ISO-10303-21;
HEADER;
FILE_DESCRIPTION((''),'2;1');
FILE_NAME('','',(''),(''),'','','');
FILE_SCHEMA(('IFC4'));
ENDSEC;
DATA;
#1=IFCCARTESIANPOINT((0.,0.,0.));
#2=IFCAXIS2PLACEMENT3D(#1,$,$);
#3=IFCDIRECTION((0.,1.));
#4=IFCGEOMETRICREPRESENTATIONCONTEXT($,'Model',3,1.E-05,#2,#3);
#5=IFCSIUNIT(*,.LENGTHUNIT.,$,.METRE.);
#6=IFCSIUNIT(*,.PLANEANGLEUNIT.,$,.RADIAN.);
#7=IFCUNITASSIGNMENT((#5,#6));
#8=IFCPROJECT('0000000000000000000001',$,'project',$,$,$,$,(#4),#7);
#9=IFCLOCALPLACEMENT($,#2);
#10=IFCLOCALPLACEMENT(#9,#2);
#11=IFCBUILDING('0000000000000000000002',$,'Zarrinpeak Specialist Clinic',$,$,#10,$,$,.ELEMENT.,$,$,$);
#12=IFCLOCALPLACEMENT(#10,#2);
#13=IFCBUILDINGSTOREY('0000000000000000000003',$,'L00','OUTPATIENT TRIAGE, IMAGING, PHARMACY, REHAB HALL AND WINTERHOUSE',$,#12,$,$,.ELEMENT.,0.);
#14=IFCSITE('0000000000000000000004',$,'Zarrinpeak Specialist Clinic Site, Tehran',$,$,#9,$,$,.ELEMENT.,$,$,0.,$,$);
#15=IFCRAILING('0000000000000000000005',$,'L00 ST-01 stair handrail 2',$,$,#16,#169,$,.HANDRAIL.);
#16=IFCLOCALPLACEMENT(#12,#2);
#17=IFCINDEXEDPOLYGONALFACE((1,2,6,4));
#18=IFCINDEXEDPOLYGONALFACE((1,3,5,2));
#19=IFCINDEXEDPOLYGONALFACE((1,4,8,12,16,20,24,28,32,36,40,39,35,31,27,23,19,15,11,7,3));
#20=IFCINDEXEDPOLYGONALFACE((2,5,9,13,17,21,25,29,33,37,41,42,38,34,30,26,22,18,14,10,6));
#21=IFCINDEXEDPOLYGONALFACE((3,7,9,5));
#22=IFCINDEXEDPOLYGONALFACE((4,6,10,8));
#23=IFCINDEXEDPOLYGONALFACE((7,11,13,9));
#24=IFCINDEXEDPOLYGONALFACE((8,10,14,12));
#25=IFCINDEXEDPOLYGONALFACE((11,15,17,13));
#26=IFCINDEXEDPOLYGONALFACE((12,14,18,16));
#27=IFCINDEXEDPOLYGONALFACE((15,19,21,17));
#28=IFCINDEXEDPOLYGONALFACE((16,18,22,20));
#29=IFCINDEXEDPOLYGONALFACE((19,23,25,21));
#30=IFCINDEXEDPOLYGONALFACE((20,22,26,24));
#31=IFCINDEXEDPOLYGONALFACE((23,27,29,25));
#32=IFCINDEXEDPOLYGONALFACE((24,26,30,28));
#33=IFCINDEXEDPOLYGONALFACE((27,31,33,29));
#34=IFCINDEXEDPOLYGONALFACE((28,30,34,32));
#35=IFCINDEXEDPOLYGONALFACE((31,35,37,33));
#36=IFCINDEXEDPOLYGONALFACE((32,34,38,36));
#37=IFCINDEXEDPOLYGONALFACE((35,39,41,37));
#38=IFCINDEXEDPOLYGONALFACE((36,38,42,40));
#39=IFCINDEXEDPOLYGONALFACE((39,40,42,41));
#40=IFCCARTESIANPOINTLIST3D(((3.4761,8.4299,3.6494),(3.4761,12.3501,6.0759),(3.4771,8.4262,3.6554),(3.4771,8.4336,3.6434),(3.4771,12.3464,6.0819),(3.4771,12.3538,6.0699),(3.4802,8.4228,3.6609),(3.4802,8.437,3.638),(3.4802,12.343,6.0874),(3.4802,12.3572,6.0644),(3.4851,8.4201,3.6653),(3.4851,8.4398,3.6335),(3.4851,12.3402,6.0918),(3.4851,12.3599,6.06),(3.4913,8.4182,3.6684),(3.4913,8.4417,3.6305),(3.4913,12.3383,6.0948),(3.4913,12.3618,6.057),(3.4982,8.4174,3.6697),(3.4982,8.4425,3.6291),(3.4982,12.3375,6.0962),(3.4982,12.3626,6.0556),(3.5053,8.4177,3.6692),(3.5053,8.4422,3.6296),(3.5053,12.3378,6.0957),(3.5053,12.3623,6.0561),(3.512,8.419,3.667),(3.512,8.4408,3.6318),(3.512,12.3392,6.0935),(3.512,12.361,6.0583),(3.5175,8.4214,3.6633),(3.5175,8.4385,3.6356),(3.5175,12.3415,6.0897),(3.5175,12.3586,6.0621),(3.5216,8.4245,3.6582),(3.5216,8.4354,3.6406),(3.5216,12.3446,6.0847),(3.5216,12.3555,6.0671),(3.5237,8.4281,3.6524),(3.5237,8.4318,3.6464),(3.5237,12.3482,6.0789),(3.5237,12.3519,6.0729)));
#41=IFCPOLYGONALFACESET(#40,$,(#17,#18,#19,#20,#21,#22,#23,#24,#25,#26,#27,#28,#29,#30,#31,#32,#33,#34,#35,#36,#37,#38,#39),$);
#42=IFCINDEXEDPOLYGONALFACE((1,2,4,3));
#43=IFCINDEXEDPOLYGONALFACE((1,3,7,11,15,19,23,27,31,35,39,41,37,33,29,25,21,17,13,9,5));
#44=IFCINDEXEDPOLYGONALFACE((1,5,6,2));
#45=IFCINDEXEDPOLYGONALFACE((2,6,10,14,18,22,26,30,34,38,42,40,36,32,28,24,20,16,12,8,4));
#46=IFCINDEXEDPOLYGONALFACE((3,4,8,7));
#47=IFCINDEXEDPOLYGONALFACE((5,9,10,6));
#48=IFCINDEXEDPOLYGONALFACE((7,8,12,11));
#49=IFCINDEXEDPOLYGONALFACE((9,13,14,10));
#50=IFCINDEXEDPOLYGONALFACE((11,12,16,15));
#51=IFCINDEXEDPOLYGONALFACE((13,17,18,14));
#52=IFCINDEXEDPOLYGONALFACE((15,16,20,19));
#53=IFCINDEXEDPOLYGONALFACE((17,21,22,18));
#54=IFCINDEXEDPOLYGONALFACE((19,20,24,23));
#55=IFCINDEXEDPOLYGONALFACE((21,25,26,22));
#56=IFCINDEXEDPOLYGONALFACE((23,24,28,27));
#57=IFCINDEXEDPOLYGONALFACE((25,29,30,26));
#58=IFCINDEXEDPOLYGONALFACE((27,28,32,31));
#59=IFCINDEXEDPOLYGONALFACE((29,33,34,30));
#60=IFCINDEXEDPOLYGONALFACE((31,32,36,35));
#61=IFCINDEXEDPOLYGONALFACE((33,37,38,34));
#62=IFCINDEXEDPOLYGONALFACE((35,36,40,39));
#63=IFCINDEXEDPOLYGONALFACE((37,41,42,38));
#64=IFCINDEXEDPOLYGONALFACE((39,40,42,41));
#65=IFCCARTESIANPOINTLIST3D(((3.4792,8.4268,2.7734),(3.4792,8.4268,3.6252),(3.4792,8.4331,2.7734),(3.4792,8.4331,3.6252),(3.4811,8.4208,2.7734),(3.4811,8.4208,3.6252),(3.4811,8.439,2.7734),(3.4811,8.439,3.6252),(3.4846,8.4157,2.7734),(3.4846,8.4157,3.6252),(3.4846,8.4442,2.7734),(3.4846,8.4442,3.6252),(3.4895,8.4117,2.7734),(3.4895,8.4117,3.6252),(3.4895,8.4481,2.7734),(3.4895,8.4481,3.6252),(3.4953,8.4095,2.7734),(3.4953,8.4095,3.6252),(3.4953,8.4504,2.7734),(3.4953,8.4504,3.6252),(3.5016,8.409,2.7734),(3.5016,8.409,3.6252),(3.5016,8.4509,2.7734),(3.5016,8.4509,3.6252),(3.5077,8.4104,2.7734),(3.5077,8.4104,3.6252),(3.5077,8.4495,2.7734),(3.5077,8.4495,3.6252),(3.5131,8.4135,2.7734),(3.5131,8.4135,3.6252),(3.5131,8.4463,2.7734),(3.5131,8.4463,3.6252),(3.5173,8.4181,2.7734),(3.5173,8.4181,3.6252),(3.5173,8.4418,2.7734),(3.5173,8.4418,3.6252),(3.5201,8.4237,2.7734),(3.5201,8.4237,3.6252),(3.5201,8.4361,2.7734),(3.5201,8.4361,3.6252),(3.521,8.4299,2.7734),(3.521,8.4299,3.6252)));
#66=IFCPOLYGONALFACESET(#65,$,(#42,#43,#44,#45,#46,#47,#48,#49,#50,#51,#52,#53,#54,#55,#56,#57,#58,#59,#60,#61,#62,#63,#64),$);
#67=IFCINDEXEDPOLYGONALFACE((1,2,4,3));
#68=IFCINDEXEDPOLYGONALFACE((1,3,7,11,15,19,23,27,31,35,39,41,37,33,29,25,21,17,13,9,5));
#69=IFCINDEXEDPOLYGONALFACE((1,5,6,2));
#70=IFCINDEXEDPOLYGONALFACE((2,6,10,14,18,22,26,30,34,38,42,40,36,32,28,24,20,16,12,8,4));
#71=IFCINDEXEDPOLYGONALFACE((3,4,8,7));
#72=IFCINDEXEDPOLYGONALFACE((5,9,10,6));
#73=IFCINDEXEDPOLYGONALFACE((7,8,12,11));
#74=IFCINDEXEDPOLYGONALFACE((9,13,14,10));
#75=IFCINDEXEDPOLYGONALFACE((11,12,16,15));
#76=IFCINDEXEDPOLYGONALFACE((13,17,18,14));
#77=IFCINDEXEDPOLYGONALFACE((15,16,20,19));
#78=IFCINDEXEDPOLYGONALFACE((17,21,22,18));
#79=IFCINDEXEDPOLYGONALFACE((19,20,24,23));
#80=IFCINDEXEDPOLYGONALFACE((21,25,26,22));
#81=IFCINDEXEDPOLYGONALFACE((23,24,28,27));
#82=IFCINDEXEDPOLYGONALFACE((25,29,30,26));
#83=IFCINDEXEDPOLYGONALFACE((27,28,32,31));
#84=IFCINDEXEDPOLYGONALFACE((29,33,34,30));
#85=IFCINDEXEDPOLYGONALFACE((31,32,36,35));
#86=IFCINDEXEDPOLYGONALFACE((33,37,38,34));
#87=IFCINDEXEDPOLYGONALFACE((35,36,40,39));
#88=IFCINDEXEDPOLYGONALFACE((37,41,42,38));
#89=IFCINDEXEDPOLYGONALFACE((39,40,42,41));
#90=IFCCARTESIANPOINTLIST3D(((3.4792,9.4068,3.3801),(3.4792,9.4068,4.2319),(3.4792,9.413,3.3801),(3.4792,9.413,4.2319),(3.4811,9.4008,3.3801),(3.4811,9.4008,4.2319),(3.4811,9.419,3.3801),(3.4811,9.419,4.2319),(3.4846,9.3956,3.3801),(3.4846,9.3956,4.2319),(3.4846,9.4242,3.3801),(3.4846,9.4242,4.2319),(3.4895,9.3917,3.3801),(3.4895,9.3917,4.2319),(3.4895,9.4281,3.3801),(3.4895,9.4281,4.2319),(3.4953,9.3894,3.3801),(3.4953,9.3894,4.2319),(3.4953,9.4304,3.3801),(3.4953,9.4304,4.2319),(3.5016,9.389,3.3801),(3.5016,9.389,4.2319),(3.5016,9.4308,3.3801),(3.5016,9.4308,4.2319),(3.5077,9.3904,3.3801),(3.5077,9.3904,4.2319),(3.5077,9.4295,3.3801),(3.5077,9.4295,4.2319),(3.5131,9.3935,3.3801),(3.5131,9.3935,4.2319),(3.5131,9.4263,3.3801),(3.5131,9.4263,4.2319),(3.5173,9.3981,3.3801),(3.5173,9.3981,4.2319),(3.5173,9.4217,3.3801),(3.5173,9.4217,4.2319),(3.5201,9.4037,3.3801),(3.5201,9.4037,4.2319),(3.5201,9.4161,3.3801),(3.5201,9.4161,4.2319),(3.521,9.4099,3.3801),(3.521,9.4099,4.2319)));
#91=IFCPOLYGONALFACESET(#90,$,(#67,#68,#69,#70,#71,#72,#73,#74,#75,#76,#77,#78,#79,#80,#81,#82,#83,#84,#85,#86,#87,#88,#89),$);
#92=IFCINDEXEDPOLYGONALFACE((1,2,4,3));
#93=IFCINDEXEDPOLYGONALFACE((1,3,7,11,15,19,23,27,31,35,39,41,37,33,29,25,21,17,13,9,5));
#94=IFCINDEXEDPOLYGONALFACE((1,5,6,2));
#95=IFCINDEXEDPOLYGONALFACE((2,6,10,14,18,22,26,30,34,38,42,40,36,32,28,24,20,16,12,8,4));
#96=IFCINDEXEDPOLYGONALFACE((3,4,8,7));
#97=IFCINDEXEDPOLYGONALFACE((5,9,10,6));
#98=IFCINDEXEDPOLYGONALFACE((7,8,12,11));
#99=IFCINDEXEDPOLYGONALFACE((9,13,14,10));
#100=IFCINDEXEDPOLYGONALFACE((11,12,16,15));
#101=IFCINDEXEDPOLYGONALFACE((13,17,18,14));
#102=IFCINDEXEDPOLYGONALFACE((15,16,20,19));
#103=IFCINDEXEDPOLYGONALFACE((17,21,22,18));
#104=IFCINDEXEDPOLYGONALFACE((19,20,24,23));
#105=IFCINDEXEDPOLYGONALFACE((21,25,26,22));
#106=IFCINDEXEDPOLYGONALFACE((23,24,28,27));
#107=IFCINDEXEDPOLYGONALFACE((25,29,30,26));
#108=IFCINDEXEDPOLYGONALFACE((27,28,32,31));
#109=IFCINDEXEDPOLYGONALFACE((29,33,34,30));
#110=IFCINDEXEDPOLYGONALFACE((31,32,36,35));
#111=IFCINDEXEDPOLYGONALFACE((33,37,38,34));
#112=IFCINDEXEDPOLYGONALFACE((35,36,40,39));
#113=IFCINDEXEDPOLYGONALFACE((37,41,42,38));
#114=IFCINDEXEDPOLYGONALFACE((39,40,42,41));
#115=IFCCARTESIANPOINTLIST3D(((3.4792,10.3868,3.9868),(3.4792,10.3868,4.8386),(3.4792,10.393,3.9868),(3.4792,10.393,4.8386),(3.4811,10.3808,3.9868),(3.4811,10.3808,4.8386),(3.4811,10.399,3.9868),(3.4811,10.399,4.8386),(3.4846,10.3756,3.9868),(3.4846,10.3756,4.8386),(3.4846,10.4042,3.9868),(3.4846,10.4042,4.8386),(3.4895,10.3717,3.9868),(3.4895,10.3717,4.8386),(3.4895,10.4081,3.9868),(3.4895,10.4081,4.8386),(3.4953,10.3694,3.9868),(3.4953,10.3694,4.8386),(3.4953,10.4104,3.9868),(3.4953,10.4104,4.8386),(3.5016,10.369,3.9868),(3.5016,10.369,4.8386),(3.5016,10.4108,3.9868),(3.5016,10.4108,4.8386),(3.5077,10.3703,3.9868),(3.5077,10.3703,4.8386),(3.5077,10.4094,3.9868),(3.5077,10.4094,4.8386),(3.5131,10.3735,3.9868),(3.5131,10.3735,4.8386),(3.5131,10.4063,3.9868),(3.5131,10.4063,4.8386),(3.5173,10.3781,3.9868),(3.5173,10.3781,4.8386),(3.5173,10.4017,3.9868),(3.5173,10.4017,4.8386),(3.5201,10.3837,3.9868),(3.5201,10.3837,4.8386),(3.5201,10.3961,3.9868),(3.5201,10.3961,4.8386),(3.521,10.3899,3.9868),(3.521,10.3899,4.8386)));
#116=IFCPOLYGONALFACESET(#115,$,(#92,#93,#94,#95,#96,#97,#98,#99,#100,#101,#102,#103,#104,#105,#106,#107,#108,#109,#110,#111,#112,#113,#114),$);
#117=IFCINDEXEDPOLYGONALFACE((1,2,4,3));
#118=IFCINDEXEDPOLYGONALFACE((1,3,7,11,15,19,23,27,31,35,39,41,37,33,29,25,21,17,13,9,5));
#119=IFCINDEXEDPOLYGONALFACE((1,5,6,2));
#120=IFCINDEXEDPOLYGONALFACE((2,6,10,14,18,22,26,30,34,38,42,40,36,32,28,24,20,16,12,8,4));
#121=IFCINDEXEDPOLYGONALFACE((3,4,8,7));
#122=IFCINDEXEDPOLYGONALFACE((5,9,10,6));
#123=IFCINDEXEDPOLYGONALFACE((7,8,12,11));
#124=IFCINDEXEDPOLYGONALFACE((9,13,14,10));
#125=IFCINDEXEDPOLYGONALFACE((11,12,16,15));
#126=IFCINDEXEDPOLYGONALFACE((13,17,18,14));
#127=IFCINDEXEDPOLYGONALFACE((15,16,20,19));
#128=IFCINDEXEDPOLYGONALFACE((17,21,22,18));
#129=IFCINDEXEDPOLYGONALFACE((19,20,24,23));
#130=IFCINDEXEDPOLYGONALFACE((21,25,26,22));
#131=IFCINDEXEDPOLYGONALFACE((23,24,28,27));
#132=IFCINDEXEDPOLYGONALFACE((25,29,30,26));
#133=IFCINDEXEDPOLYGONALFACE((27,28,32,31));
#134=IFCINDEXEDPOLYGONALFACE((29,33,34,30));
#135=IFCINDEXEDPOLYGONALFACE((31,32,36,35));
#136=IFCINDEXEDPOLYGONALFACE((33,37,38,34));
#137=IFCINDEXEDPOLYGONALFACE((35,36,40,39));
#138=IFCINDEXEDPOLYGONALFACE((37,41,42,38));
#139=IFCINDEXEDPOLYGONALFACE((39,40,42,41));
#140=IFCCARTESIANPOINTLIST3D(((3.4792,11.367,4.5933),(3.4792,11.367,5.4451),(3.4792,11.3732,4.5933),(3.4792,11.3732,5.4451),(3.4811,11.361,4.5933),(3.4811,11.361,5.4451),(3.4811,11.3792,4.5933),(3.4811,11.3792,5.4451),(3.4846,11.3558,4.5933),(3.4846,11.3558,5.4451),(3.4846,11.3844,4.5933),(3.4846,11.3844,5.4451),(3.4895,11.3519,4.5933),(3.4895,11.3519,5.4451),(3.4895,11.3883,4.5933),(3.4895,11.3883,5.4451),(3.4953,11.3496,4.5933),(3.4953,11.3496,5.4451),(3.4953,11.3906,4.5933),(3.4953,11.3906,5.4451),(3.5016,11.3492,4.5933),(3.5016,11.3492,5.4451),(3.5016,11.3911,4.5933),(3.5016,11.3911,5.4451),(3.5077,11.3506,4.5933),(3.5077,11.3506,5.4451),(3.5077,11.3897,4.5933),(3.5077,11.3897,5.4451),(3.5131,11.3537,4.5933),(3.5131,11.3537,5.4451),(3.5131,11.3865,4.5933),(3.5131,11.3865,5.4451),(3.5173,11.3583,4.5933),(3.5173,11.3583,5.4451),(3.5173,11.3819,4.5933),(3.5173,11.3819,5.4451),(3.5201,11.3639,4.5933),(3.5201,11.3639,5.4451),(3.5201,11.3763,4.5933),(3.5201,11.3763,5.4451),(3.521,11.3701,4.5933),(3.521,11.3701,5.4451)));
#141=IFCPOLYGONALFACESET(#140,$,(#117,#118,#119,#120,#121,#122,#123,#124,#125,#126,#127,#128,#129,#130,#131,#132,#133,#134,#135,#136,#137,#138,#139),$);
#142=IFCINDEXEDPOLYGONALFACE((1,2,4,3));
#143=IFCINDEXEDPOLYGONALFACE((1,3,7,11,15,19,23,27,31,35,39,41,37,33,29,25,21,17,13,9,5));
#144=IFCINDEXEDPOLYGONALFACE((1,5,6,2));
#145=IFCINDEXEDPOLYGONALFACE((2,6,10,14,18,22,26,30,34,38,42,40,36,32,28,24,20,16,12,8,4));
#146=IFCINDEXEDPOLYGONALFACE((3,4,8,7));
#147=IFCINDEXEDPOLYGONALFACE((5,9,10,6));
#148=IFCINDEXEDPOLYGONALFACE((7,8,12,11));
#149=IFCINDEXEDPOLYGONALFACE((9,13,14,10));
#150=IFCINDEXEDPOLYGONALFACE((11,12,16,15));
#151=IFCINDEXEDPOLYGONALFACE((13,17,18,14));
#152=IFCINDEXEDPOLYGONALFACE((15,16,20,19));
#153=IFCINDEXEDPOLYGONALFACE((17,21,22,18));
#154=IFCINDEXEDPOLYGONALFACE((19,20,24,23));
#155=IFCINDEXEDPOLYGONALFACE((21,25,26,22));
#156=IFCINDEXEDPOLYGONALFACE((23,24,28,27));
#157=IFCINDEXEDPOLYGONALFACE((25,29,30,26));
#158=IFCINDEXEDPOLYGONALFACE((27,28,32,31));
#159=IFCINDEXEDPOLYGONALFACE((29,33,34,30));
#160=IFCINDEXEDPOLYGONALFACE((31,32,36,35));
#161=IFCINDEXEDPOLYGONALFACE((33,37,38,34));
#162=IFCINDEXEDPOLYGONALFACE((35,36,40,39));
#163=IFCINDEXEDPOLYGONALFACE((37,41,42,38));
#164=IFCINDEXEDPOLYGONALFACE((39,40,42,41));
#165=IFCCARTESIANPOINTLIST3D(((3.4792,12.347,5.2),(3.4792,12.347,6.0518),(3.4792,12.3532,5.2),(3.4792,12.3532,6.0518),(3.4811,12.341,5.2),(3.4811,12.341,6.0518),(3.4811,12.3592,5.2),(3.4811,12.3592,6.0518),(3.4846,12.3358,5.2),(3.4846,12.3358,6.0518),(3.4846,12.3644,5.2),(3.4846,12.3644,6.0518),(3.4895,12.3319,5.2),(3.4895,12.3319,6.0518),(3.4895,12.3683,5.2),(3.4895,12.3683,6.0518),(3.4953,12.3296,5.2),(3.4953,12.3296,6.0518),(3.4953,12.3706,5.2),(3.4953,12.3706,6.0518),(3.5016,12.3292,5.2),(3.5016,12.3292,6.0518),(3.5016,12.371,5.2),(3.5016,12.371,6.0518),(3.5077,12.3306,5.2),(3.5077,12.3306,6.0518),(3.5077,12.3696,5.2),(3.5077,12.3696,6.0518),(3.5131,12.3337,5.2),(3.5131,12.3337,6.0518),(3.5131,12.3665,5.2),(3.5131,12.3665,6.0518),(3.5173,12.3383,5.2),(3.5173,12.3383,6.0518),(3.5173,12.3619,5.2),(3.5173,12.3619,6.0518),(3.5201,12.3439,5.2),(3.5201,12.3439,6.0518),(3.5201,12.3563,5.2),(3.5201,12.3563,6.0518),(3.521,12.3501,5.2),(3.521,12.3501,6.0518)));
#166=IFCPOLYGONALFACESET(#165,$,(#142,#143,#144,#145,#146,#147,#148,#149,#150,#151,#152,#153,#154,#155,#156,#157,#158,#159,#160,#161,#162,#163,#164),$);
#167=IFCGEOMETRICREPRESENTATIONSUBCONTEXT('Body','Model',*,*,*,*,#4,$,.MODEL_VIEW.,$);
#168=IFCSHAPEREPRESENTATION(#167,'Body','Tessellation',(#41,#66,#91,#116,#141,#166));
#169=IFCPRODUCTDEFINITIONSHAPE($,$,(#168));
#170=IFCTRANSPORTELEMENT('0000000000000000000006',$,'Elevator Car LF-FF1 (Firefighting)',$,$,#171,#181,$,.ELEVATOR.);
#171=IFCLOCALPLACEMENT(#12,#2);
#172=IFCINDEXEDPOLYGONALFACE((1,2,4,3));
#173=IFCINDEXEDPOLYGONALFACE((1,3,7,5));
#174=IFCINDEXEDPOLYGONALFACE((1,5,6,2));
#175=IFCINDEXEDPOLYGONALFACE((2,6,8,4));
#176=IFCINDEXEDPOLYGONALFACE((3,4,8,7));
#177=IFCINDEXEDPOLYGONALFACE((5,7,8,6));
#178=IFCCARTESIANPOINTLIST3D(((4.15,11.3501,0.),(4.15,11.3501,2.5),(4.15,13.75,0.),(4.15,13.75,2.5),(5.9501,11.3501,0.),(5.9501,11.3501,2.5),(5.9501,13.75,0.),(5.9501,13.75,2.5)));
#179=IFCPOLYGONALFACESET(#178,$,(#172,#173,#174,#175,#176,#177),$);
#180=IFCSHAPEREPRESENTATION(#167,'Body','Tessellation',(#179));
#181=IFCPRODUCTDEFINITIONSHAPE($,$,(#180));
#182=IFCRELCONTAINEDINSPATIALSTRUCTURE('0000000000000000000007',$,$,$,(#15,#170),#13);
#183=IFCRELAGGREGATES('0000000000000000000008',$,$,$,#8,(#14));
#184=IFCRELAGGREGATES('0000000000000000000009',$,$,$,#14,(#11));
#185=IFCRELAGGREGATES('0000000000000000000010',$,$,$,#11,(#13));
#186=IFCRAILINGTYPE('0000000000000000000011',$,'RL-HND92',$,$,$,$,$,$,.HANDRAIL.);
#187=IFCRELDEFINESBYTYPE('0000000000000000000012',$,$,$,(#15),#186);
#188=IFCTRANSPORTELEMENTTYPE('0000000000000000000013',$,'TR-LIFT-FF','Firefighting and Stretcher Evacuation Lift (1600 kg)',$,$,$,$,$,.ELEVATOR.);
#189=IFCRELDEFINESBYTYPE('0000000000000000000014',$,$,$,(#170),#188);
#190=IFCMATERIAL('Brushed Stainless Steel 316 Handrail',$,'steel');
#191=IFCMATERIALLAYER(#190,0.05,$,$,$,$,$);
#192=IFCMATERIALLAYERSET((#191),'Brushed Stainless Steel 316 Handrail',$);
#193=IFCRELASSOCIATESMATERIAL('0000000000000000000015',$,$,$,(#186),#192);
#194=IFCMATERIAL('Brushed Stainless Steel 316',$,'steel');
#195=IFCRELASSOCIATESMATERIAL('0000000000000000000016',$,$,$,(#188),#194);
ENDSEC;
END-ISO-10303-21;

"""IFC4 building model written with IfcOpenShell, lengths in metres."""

from ifc_helpers import new_model, si_unit, direction, frame, origin, origin_2d, place, context, subcontext, project, spatial, rectangle, circle, extrude, material, layer, layer_set, type_object, element, save


model = new_model("IFC4")

# Units and contexts
model_context = context("Model", 3, precision=1e-05, world=origin(), true_north=direction((0.0, 1.0)))
body_context = subcontext(model_context, "Body", "Model", "MODEL_VIEW")
ifc_project = project(units=[si_unit("LENGTHUNIT", "METRE"), si_unit("PLANEANGLEUNIT", "RADIAN")], contexts=[model_context])

# Site, building, storey
site_placement = place(None, origin())
site = spatial("IfcSite", under=ifc_project, at=site_placement, Name="Zarrinpeak Specialist Clinic Site, Tehran", CompositionType="ELEMENT", RefElevation=0.0)
building_placement = place(site_placement, origin())
building = spatial("IfcBuilding", under=site, at=building_placement, Name="Zarrinpeak Specialist Clinic", CompositionType="ELEMENT")
storey_placement = place(building_placement, origin())
storey = spatial("IfcBuildingStorey", under=building, at=storey_placement, Name="L00", Description="OUTPATIENT TRIAGE, IMAGING, PHARMACY, REHAB HALL AND WINTERHOUSE", CompositionType="ELEMENT", Elevation=0.0)

# Railing
ifc_material_1 = material(Name="Brushed Stainless Steel 316 Handrail", Category="steel")
ifc_layer_1 = layer(ifc_material_1, 0.05)
ifc_layer_set_1 = layer_set([ifc_layer_1], Name="Brushed Stainless Steel 316 Handrail")
railing_type_1 = type_object("IfcRailingType", Name="RL-HND92", PredefinedType="HANDRAIL", material=ifc_layer_set_1)
railing_1_placement = place(storey_placement, frame((3.5, 8.4299, 2.7734)))
element("IfcRailing", 1, at=railing_1_placement, inside=storey, type_object=railing_type_1, Name="L00 ST-01 stair handrail 2", PredefinedType="HANDRAIL", context=body_context, shape_type="SweptSolid", body=[
    extrude(circle(Radius=0.0239, at=origin_2d()), frame((0.0, 0.0, 0.876), z_axis=(0.0, 0.85029, 0.526315), x_axis=(-1.0, 0.0, 0.0)), (0.0, 0.0, 1.0), 4.6104),
    extrude(circle(Radius=0.021, at=origin_2d()), origin(), (0.0, 0.0, 1.0), 0.8518),
    extrude(circle(Radius=0.021, at=origin_2d()), frame((0.0, 0.98, 0.6067)), (0.0, 0.0, 1.0), 0.8518),
    extrude(circle(Radius=0.021, at=origin_2d()), frame((0.0, 1.96, 1.2134)), (0.0, 0.0, 1.0), 0.8518),
    extrude(circle(Radius=0.021, at=origin_2d()), frame((0.0, 2.9402, 1.8198)), (0.0, 0.0, 1.0), 0.8518),
    extrude(circle(Radius=0.021, at=origin_2d()), frame((0.0, 3.9202, 2.4265)), (0.0, 0.0, 1.0), 0.8518),
])

# Transport element
ifc_material_2 = material(Name="Brushed Stainless Steel 316", Category="steel")
transport_element_type = type_object("IfcTransportElementType", Name="TR-LIFT-FF", Description="Firefighting and Stretcher Evacuation Lift (1600 kg)", PredefinedType="ELEVATOR", material=ifc_material_2)
transport_element_placement = place(storey_placement, frame((5.05, 12.55, 0.0), z_axis=(0.0, 0.0, 1.0), x_axis=(1.0, 0.0, 0.0)))
element("IfcTransportElement", 2, at=transport_element_placement, inside=storey, type_object=transport_element_type, Name="Elevator Car LF-FF1 (Firefighting)", PredefinedType="ELEVATOR", context=body_context, shape_type="SweptSolid", body=[
    extrude(rectangle(XDim=1.8, YDim=2.3999, at=origin_2d()), origin(), (0.0, 0.0, 1.0), 2.5),
])

save(model, "model.ifc")
